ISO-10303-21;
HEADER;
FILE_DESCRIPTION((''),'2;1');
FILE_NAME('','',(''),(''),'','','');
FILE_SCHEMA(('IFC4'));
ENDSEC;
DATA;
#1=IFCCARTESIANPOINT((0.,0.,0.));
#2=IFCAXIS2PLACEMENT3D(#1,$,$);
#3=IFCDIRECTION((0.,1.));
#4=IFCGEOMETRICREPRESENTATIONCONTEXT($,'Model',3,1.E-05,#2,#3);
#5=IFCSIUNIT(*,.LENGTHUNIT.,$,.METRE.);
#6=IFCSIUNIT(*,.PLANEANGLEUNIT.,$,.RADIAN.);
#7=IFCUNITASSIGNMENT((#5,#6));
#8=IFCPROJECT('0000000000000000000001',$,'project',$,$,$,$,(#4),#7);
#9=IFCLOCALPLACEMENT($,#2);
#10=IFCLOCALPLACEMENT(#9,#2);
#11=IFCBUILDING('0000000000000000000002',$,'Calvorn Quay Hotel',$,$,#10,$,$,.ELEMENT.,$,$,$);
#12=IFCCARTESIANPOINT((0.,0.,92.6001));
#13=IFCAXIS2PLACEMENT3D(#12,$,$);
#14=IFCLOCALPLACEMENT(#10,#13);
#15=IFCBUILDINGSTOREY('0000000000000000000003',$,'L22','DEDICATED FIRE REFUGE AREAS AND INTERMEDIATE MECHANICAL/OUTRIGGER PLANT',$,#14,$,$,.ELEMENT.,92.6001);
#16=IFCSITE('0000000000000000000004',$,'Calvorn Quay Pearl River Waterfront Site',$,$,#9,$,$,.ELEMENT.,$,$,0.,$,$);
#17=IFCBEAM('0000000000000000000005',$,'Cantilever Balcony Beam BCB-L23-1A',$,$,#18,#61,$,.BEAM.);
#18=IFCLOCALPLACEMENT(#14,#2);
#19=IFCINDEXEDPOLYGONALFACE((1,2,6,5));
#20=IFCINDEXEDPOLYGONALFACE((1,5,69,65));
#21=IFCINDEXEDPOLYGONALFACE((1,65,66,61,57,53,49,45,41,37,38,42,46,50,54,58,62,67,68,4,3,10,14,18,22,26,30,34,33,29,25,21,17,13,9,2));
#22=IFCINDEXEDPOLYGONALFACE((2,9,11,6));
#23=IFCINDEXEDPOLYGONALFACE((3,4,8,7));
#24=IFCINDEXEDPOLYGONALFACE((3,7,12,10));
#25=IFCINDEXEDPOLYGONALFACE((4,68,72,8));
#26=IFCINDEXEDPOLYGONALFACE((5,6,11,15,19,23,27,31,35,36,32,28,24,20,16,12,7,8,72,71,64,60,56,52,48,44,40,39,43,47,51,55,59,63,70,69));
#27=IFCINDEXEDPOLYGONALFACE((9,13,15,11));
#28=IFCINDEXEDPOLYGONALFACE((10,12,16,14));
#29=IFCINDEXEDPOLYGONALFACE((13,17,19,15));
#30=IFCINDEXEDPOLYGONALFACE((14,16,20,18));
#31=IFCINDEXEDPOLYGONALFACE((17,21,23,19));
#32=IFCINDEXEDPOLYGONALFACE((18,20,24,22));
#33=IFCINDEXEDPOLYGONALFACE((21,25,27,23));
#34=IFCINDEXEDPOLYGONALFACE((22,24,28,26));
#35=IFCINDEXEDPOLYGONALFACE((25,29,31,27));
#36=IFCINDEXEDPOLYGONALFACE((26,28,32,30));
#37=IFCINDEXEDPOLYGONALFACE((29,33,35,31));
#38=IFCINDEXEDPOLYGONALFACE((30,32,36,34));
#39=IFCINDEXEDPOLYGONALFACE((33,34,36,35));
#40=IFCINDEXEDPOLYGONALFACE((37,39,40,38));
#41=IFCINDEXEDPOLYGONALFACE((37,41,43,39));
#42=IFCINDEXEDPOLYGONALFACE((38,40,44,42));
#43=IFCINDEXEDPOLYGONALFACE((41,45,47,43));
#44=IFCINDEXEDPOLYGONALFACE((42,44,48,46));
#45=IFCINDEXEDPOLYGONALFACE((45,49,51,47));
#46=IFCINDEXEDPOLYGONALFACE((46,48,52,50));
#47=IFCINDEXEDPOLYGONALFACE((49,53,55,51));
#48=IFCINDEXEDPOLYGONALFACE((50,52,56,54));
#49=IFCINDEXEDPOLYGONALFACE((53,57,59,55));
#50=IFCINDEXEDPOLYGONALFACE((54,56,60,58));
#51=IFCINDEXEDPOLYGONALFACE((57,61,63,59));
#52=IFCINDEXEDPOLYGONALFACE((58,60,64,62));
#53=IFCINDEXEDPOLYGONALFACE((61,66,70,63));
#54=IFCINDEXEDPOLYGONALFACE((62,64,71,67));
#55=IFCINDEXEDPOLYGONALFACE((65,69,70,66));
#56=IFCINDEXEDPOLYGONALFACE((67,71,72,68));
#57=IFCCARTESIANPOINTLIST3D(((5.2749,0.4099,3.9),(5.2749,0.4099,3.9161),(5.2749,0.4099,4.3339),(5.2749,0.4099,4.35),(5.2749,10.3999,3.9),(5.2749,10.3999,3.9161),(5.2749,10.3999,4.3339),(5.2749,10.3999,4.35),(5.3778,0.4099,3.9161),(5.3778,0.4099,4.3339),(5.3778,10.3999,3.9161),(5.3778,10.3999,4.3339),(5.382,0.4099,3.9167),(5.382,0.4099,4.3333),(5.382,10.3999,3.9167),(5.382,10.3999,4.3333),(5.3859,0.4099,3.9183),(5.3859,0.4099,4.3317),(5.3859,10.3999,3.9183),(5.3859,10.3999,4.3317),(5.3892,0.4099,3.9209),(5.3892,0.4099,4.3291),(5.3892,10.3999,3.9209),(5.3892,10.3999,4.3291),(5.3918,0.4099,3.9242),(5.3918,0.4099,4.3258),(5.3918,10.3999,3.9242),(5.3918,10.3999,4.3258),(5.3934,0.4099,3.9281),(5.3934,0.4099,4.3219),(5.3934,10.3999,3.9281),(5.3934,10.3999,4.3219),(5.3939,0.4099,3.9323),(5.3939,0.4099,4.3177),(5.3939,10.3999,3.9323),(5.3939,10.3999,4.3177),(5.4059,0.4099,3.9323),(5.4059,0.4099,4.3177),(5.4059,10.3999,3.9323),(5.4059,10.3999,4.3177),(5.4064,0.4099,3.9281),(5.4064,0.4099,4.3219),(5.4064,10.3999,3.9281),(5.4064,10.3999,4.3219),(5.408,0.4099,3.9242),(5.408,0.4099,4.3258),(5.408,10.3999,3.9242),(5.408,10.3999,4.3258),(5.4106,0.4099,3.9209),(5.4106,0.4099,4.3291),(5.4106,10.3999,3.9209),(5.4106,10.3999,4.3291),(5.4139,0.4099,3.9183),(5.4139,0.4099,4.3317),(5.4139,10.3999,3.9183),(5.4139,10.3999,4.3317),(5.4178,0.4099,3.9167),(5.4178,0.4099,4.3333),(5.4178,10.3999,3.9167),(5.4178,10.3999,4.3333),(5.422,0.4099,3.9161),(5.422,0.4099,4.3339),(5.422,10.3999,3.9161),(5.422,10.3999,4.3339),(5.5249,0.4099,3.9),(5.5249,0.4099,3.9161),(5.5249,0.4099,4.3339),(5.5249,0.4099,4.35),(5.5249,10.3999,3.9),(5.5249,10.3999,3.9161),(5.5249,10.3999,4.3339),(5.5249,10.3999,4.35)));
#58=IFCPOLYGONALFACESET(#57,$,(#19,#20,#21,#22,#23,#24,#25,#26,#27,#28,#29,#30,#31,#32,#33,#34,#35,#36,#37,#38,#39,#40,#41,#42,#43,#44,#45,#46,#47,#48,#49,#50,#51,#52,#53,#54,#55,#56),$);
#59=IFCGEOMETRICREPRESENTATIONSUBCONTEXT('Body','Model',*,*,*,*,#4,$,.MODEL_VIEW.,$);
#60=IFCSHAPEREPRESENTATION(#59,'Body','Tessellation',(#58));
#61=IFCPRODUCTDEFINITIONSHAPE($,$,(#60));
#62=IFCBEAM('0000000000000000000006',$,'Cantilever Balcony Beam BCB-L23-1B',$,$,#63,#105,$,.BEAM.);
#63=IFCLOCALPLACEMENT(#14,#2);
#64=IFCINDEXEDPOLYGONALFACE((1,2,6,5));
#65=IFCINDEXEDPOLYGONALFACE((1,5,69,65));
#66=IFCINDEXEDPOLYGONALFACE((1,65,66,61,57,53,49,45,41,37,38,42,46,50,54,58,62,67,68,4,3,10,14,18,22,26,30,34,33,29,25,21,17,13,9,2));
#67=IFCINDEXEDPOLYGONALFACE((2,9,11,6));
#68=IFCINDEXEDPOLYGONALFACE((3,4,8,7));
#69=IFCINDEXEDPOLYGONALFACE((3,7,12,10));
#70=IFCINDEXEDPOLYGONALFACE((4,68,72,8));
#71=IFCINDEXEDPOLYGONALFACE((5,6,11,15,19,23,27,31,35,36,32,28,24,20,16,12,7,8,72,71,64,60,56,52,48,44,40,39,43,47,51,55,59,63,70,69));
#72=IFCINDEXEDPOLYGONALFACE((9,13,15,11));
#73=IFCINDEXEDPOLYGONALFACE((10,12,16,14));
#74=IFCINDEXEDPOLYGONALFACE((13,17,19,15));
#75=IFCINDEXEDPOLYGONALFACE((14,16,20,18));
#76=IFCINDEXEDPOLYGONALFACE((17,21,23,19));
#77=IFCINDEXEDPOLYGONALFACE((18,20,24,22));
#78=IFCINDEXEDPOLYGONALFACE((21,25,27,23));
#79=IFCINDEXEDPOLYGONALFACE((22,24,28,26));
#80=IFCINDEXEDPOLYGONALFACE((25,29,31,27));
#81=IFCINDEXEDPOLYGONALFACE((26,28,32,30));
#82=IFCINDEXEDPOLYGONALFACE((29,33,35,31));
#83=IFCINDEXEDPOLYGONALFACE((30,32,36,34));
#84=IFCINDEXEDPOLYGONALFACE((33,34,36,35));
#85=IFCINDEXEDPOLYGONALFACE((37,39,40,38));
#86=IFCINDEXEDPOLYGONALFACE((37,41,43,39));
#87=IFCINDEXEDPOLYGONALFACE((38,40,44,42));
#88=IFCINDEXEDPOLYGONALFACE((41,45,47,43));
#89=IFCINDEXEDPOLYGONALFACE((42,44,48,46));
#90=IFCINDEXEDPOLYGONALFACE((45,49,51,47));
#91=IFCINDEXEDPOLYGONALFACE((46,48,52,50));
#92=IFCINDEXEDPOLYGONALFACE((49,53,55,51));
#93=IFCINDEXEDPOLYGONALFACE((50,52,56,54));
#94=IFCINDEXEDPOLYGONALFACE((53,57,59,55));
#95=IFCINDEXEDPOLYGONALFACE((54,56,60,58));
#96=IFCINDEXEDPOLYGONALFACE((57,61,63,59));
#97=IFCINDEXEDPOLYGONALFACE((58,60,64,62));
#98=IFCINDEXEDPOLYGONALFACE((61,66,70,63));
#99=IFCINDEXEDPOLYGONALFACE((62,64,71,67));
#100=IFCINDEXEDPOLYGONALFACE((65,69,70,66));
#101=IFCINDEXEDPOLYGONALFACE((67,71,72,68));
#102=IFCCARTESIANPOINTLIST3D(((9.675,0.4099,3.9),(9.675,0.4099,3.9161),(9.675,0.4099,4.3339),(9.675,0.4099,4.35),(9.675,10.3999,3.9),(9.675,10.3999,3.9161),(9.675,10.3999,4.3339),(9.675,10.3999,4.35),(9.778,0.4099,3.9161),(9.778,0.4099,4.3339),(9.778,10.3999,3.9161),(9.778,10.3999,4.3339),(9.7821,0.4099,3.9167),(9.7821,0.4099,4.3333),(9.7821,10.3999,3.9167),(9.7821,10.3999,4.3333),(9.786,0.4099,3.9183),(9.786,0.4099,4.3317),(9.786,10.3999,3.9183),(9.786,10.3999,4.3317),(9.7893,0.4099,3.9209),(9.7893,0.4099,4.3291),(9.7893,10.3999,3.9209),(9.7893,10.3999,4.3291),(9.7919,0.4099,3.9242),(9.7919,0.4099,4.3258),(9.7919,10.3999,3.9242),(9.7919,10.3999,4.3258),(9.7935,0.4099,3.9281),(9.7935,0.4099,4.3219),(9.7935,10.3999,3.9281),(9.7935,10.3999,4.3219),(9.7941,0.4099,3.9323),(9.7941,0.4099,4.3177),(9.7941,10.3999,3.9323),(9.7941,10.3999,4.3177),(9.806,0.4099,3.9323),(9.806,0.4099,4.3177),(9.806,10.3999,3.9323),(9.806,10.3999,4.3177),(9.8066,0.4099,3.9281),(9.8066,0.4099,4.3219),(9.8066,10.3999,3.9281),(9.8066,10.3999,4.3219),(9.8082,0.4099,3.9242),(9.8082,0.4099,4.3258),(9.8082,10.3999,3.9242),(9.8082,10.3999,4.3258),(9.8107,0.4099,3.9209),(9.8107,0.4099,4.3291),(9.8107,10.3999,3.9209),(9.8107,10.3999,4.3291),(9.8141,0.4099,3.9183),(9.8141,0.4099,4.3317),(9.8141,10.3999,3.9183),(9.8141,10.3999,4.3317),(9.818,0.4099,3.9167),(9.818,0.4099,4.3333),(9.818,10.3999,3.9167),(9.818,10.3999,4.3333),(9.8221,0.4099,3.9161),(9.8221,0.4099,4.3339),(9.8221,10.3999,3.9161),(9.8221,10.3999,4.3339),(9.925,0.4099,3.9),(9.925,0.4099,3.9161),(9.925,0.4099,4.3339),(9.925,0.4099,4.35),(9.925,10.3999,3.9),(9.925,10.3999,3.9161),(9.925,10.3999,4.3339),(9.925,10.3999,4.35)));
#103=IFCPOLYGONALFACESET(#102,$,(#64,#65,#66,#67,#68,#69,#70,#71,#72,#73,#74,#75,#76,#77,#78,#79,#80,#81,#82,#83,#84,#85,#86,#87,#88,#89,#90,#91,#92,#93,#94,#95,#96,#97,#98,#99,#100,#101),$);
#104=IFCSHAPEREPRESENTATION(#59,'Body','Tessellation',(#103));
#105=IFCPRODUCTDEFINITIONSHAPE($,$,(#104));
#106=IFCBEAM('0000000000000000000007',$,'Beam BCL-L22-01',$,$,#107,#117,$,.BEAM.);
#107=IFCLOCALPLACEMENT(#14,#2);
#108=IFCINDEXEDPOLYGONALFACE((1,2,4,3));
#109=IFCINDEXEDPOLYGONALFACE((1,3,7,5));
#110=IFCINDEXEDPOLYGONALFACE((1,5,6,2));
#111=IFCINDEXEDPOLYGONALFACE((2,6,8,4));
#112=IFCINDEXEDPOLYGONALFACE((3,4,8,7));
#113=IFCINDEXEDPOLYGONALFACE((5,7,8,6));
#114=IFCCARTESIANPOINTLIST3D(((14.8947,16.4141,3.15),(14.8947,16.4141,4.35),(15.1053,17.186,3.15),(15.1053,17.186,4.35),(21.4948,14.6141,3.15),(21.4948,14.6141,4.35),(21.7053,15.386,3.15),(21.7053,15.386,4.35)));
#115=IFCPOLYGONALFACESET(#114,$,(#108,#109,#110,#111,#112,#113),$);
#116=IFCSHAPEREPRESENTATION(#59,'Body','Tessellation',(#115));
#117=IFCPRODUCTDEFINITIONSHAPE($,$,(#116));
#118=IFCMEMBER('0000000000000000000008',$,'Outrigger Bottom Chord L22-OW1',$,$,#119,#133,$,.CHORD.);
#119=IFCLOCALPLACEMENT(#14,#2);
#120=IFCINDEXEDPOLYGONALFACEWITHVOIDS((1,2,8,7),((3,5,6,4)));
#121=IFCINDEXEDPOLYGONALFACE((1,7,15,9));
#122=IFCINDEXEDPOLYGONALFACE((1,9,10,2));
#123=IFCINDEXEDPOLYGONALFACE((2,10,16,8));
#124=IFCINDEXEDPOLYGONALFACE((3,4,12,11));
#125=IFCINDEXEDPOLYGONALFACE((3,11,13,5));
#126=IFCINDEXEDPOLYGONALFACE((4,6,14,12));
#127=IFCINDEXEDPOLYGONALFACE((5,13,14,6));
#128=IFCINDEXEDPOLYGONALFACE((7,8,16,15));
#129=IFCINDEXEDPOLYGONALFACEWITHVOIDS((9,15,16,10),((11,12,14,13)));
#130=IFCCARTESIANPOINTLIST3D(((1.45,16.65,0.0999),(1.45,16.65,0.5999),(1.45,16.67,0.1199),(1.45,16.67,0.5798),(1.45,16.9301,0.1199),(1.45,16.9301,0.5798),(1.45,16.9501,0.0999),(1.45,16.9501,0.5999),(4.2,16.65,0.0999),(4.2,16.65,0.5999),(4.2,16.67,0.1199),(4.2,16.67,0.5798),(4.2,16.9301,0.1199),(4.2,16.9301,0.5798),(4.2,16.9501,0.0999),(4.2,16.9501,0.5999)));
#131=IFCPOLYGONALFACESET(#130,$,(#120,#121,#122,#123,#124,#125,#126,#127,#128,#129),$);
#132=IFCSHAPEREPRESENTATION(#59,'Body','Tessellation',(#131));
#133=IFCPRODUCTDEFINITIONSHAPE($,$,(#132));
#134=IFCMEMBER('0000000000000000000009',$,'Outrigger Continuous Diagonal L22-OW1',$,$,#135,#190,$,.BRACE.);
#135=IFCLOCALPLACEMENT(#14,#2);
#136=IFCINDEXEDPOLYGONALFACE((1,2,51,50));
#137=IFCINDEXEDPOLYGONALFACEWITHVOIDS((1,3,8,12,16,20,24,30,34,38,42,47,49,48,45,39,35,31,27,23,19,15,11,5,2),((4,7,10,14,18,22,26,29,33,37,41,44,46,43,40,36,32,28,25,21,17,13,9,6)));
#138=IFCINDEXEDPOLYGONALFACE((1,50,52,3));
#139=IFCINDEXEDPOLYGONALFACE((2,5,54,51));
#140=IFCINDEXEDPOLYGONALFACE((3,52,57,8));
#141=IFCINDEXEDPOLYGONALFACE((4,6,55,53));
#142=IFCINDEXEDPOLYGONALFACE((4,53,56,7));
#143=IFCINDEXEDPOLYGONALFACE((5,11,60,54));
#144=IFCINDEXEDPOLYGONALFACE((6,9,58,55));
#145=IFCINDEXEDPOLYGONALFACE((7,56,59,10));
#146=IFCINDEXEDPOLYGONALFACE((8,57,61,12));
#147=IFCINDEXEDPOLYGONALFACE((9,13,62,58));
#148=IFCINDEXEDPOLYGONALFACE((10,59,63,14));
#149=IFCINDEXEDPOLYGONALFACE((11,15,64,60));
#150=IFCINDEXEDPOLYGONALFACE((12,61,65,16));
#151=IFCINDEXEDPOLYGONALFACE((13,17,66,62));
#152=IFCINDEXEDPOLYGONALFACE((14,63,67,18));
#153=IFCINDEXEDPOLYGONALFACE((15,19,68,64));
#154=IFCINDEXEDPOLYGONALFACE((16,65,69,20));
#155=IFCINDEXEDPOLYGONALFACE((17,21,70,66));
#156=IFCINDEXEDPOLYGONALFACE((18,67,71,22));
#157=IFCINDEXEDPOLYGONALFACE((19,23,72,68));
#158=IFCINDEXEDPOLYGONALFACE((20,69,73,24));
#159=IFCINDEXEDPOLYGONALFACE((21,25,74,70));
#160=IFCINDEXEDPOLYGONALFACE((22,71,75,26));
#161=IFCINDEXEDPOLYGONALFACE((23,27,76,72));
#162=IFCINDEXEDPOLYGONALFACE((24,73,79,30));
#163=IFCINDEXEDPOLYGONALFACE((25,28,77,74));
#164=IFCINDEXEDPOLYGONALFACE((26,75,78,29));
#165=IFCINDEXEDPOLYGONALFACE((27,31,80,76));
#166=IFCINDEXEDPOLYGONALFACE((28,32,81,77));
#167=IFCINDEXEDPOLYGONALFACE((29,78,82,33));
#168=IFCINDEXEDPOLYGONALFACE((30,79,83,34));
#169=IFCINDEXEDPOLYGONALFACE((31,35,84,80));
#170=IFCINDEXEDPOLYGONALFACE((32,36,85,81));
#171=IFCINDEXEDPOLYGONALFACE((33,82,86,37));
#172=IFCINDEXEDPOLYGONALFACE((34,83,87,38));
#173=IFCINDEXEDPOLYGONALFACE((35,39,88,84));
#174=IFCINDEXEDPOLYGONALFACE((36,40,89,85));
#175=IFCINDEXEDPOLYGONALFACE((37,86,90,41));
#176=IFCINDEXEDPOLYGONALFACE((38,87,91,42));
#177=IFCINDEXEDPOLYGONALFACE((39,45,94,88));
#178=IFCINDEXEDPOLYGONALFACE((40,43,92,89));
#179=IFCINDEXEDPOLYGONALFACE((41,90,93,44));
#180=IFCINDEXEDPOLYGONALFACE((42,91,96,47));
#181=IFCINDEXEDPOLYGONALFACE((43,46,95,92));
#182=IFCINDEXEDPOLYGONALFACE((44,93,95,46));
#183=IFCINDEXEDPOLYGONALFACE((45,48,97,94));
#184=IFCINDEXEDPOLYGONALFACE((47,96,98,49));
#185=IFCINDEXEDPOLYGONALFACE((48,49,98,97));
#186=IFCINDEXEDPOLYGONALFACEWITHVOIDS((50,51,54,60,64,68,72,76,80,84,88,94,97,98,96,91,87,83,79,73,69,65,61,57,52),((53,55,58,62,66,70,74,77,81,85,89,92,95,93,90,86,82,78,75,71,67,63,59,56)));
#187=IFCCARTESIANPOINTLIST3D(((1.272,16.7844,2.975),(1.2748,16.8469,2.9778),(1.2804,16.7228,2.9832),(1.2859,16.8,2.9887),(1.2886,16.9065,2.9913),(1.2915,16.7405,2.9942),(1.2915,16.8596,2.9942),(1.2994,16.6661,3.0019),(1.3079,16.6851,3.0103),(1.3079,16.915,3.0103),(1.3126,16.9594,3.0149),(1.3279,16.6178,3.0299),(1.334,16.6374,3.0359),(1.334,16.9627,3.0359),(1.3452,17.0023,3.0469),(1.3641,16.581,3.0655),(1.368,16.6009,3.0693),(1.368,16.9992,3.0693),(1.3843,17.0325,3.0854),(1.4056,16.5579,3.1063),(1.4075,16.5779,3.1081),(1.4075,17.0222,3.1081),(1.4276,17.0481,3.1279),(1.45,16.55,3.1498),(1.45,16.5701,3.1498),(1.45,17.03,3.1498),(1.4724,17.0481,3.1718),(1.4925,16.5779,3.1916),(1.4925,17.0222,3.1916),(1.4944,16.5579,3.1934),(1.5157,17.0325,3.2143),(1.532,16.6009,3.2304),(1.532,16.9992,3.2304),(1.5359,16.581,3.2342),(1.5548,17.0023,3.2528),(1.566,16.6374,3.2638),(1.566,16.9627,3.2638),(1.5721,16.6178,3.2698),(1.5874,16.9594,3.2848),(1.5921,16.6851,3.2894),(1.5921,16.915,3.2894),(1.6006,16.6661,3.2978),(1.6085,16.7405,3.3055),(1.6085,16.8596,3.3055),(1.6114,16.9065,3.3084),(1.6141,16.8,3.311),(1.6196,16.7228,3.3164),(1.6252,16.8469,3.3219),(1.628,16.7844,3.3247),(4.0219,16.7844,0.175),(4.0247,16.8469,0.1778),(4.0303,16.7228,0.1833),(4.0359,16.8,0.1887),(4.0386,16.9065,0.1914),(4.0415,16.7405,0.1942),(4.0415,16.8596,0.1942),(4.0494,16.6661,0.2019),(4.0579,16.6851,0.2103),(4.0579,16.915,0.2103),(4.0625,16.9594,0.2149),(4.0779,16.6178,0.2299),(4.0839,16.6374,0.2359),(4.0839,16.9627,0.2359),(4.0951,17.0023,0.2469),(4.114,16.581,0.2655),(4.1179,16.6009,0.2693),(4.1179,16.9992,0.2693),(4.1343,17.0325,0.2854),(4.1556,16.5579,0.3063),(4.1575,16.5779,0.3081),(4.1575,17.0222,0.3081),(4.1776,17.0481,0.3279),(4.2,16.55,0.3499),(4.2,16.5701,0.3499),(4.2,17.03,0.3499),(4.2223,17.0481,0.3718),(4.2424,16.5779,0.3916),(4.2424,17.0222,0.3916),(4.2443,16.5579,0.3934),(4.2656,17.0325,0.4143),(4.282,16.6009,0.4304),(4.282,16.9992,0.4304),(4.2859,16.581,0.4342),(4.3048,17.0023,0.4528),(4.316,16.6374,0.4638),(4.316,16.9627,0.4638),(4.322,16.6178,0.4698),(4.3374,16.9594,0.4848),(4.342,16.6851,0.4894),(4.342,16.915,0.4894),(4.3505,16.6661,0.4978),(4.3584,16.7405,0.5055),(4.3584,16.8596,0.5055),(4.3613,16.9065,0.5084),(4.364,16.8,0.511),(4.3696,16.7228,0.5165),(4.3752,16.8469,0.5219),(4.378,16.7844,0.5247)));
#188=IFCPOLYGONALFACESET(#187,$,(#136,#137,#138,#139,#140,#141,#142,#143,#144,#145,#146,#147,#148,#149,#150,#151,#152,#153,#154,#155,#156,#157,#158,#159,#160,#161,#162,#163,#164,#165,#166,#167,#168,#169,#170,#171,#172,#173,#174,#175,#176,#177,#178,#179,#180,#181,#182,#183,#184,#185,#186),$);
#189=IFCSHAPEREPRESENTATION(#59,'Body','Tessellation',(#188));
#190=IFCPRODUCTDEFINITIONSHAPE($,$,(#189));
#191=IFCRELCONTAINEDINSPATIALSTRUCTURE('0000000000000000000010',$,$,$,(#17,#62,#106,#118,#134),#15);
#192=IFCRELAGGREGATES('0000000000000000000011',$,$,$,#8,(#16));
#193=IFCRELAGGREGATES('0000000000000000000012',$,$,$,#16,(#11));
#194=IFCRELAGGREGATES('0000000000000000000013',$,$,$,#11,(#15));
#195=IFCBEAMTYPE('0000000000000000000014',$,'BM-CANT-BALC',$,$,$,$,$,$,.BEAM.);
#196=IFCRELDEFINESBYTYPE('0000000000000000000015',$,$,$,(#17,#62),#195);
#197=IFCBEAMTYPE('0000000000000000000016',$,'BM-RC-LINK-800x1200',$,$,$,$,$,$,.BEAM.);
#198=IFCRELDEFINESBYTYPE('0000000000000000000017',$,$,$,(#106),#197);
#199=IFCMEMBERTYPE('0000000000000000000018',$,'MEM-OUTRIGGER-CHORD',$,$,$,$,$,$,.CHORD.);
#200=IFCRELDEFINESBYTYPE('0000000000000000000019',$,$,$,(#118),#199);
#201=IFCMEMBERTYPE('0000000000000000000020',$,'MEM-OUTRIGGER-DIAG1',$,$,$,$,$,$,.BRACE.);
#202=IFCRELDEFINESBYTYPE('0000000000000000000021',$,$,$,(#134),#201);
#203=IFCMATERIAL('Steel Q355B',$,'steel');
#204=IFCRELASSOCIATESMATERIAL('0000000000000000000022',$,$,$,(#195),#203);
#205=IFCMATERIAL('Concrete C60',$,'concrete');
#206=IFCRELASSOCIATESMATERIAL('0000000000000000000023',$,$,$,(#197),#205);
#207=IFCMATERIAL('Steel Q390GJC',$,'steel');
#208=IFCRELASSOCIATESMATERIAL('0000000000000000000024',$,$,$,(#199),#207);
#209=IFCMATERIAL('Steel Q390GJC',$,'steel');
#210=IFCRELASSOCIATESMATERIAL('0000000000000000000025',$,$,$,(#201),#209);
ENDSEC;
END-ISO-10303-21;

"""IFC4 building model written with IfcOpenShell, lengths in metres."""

from ifc_helpers import new_model, si_unit, direction, frame, origin, origin_2d, place, context, subcontext, project, spatial, rectangle, hollow_rectangle, hollow_circle, i_section, extrude, material, material_profile, profile_set, type_object, element, save


model = new_model("IFC4")

# Units and contexts
model_context = context("Model", 3, precision=1e-05, world=origin(), true_north=direction((0.0, 1.0)))
body_context = subcontext(model_context, "Body", "Model", "MODEL_VIEW")
ifc_project = project(units=[si_unit("LENGTHUNIT", "METRE"), si_unit("PLANEANGLEUNIT", "RADIAN")], contexts=[model_context])

# Site, building, storey
site_placement = place(None, origin())
site = spatial("IfcSite", under=ifc_project, at=site_placement, Name="Calvorn Quay Pearl River Waterfront Site", CompositionType="ELEMENT", RefElevation=0.0)
building_placement = place(site_placement, origin())
building = spatial("IfcBuilding", under=site, at=building_placement, Name="Calvorn Quay Hotel", CompositionType="ELEMENT")
storey_placement = place(building_placement, frame((0.0, 0.0, 92.6001)))
storey = spatial("IfcBuildingStorey", under=building, at=storey_placement, Name="L22", Description="DEDICATED FIRE REFUGE AREAS AND INTERMEDIATE MECHANICAL/OUTRIGGER PLANT", CompositionType="ELEMENT", Elevation=92.6001)

# Beams
ifc_material_1 = material(Name="Steel Q355B", Category="steel")
ifc_material_profile_1 = material_profile(ifc_material_1, i_section(OverallWidth=0.25, OverallDepth=0.45, WebThickness=0.012, FlangeThickness=0.0161, FilletRadius=0.0161, at=origin_2d()), Name="HN450x250x12x16")
ifc_profile_set_1 = profile_set([ifc_material_profile_1], Name="Steel Q355B")
beam_type_1 = type_object("IfcBeamType", Name="BM-CANT-BALC", PredefinedType="BEAM", material=ifc_profile_set_1)
for number, where, z_axis, x_axis, name in (
    (1, (5.3999, 10.3999, 4.125), (0.0, -1.0, 0.0), (1.0, 0.0, 0.0), "Cantilever Balcony Beam BCB-L23-1A"),
    (2, (9.8, 10.3999, 4.125), (0.0, -1.0, 0.0), (1.0, 0.0, 0.0), "Cantilever Balcony Beam BCB-L23-1B"),
):
    element("IfcBeam", number, at=place(storey_placement, frame(where, z_axis=z_axis, x_axis=x_axis)), inside=storey, type_object=beam_type_1, Name=name, PredefinedType="BEAM", context=body_context, shape_type="SweptSolid", body=[
        extrude(i_section(OverallWidth=0.25, OverallDepth=0.45, WebThickness=0.012, FlangeThickness=0.0161, FilletRadius=0.0161, at=origin_2d()), origin(), (0.0, 0.0, 1.0), 9.99),
    ])
ifc_material_2 = material(Name="Concrete C60", Category="concrete")
ifc_material_profile_2 = material_profile(ifc_material_2, rectangle(XDim=0.8, YDim=1.2, at=origin_2d()), Name="RCB800x1200")
ifc_profile_set_2 = profile_set([ifc_material_profile_2], Name="Concrete C60")
beam_type_2 = type_object("IfcBeamType", Name="BM-RC-LINK-800x1200", PredefinedType="BEAM", material=ifc_profile_set_2)
beam_placement = place(storey_placement, frame((15.0, 16.8, 3.75), z_axis=(0.964763, -0.26312, 0.0), x_axis=(0.26312, 0.964763, 0.0)))
element("IfcBeam", 3, at=beam_placement, inside=storey, type_object=beam_type_2, Name="Beam BCL-L22-01", PredefinedType="BEAM", context=body_context, shape_type="SweptSolid", body=[
    extrude(rectangle(XDim=0.8, YDim=1.2, at=origin_2d()), origin(), (0.0, 0.0, 1.0), 6.8411),
])

# Members
ifc_material_3 = material(Name="Steel Q390GJC", Category="steel")
ifc_material_profile_3 = material_profile(ifc_material_3, hollow_rectangle(XDim=0.3, YDim=0.5, WallThickness=0.02, at=origin_2d()), Name="RHS500x300x20")
ifc_profile_set_3 = profile_set([ifc_material_profile_3], Name="Steel Q390GJC")
member_type_1 = type_object("IfcMemberType", Name="MEM-OUTRIGGER-CHORD", PredefinedType="CHORD", material=ifc_profile_set_3)
member_1_placement = place(storey_placement, frame((4.2, 16.8, 0.3499), z_axis=(-1.0, 0.0, 0.0), x_axis=(0.0, -1.0, 0.0)))
element("IfcMember", 4, at=member_1_placement, inside=storey, type_object=member_type_1, Name="Outrigger Bottom Chord L22-OW1", PredefinedType="CHORD", context=body_context, shape_type="SweptSolid", body=[
    extrude(hollow_rectangle(XDim=0.3, YDim=0.5, WallThickness=0.02, at=origin_2d()), origin(), (0.0, 0.0, 1.0), 2.75),
])
ifc_material_4 = material(Name="Steel Q390GJC", Category="steel")
ifc_material_profile_4 = material_profile(ifc_material_4, hollow_circle(Radius=0.25, WallThickness=0.02, at=origin_2d()), Name="CHS500x20")
ifc_profile_set_4 = profile_set([ifc_material_profile_4], Name="Steel Q390GJC")
member_type_2 = type_object("IfcMemberType", Name="MEM-OUTRIGGER-DIAG1", PredefinedType="BRACE", material=ifc_profile_set_4)
member_2_placement = place(storey_placement, frame((4.2, 16.8, 0.3499), z_axis=(-0.700702, 0.0, 0.713454), x_axis=(0.0, -1.0, 0.0)))
element("IfcMember", 5, at=member_2_placement, inside=storey, type_object=member_type_2, Name="Outrigger Continuous Diagonal L22-OW1", PredefinedType="BRACE", context=body_context, shape_type="SweptSolid", body=[
    extrude(hollow_circle(Radius=0.25, WallThickness=0.02, at=origin_2d()), origin(), (0.0, 0.0, 1.0), 3.9246),
])

save(model, "model.ifc")
